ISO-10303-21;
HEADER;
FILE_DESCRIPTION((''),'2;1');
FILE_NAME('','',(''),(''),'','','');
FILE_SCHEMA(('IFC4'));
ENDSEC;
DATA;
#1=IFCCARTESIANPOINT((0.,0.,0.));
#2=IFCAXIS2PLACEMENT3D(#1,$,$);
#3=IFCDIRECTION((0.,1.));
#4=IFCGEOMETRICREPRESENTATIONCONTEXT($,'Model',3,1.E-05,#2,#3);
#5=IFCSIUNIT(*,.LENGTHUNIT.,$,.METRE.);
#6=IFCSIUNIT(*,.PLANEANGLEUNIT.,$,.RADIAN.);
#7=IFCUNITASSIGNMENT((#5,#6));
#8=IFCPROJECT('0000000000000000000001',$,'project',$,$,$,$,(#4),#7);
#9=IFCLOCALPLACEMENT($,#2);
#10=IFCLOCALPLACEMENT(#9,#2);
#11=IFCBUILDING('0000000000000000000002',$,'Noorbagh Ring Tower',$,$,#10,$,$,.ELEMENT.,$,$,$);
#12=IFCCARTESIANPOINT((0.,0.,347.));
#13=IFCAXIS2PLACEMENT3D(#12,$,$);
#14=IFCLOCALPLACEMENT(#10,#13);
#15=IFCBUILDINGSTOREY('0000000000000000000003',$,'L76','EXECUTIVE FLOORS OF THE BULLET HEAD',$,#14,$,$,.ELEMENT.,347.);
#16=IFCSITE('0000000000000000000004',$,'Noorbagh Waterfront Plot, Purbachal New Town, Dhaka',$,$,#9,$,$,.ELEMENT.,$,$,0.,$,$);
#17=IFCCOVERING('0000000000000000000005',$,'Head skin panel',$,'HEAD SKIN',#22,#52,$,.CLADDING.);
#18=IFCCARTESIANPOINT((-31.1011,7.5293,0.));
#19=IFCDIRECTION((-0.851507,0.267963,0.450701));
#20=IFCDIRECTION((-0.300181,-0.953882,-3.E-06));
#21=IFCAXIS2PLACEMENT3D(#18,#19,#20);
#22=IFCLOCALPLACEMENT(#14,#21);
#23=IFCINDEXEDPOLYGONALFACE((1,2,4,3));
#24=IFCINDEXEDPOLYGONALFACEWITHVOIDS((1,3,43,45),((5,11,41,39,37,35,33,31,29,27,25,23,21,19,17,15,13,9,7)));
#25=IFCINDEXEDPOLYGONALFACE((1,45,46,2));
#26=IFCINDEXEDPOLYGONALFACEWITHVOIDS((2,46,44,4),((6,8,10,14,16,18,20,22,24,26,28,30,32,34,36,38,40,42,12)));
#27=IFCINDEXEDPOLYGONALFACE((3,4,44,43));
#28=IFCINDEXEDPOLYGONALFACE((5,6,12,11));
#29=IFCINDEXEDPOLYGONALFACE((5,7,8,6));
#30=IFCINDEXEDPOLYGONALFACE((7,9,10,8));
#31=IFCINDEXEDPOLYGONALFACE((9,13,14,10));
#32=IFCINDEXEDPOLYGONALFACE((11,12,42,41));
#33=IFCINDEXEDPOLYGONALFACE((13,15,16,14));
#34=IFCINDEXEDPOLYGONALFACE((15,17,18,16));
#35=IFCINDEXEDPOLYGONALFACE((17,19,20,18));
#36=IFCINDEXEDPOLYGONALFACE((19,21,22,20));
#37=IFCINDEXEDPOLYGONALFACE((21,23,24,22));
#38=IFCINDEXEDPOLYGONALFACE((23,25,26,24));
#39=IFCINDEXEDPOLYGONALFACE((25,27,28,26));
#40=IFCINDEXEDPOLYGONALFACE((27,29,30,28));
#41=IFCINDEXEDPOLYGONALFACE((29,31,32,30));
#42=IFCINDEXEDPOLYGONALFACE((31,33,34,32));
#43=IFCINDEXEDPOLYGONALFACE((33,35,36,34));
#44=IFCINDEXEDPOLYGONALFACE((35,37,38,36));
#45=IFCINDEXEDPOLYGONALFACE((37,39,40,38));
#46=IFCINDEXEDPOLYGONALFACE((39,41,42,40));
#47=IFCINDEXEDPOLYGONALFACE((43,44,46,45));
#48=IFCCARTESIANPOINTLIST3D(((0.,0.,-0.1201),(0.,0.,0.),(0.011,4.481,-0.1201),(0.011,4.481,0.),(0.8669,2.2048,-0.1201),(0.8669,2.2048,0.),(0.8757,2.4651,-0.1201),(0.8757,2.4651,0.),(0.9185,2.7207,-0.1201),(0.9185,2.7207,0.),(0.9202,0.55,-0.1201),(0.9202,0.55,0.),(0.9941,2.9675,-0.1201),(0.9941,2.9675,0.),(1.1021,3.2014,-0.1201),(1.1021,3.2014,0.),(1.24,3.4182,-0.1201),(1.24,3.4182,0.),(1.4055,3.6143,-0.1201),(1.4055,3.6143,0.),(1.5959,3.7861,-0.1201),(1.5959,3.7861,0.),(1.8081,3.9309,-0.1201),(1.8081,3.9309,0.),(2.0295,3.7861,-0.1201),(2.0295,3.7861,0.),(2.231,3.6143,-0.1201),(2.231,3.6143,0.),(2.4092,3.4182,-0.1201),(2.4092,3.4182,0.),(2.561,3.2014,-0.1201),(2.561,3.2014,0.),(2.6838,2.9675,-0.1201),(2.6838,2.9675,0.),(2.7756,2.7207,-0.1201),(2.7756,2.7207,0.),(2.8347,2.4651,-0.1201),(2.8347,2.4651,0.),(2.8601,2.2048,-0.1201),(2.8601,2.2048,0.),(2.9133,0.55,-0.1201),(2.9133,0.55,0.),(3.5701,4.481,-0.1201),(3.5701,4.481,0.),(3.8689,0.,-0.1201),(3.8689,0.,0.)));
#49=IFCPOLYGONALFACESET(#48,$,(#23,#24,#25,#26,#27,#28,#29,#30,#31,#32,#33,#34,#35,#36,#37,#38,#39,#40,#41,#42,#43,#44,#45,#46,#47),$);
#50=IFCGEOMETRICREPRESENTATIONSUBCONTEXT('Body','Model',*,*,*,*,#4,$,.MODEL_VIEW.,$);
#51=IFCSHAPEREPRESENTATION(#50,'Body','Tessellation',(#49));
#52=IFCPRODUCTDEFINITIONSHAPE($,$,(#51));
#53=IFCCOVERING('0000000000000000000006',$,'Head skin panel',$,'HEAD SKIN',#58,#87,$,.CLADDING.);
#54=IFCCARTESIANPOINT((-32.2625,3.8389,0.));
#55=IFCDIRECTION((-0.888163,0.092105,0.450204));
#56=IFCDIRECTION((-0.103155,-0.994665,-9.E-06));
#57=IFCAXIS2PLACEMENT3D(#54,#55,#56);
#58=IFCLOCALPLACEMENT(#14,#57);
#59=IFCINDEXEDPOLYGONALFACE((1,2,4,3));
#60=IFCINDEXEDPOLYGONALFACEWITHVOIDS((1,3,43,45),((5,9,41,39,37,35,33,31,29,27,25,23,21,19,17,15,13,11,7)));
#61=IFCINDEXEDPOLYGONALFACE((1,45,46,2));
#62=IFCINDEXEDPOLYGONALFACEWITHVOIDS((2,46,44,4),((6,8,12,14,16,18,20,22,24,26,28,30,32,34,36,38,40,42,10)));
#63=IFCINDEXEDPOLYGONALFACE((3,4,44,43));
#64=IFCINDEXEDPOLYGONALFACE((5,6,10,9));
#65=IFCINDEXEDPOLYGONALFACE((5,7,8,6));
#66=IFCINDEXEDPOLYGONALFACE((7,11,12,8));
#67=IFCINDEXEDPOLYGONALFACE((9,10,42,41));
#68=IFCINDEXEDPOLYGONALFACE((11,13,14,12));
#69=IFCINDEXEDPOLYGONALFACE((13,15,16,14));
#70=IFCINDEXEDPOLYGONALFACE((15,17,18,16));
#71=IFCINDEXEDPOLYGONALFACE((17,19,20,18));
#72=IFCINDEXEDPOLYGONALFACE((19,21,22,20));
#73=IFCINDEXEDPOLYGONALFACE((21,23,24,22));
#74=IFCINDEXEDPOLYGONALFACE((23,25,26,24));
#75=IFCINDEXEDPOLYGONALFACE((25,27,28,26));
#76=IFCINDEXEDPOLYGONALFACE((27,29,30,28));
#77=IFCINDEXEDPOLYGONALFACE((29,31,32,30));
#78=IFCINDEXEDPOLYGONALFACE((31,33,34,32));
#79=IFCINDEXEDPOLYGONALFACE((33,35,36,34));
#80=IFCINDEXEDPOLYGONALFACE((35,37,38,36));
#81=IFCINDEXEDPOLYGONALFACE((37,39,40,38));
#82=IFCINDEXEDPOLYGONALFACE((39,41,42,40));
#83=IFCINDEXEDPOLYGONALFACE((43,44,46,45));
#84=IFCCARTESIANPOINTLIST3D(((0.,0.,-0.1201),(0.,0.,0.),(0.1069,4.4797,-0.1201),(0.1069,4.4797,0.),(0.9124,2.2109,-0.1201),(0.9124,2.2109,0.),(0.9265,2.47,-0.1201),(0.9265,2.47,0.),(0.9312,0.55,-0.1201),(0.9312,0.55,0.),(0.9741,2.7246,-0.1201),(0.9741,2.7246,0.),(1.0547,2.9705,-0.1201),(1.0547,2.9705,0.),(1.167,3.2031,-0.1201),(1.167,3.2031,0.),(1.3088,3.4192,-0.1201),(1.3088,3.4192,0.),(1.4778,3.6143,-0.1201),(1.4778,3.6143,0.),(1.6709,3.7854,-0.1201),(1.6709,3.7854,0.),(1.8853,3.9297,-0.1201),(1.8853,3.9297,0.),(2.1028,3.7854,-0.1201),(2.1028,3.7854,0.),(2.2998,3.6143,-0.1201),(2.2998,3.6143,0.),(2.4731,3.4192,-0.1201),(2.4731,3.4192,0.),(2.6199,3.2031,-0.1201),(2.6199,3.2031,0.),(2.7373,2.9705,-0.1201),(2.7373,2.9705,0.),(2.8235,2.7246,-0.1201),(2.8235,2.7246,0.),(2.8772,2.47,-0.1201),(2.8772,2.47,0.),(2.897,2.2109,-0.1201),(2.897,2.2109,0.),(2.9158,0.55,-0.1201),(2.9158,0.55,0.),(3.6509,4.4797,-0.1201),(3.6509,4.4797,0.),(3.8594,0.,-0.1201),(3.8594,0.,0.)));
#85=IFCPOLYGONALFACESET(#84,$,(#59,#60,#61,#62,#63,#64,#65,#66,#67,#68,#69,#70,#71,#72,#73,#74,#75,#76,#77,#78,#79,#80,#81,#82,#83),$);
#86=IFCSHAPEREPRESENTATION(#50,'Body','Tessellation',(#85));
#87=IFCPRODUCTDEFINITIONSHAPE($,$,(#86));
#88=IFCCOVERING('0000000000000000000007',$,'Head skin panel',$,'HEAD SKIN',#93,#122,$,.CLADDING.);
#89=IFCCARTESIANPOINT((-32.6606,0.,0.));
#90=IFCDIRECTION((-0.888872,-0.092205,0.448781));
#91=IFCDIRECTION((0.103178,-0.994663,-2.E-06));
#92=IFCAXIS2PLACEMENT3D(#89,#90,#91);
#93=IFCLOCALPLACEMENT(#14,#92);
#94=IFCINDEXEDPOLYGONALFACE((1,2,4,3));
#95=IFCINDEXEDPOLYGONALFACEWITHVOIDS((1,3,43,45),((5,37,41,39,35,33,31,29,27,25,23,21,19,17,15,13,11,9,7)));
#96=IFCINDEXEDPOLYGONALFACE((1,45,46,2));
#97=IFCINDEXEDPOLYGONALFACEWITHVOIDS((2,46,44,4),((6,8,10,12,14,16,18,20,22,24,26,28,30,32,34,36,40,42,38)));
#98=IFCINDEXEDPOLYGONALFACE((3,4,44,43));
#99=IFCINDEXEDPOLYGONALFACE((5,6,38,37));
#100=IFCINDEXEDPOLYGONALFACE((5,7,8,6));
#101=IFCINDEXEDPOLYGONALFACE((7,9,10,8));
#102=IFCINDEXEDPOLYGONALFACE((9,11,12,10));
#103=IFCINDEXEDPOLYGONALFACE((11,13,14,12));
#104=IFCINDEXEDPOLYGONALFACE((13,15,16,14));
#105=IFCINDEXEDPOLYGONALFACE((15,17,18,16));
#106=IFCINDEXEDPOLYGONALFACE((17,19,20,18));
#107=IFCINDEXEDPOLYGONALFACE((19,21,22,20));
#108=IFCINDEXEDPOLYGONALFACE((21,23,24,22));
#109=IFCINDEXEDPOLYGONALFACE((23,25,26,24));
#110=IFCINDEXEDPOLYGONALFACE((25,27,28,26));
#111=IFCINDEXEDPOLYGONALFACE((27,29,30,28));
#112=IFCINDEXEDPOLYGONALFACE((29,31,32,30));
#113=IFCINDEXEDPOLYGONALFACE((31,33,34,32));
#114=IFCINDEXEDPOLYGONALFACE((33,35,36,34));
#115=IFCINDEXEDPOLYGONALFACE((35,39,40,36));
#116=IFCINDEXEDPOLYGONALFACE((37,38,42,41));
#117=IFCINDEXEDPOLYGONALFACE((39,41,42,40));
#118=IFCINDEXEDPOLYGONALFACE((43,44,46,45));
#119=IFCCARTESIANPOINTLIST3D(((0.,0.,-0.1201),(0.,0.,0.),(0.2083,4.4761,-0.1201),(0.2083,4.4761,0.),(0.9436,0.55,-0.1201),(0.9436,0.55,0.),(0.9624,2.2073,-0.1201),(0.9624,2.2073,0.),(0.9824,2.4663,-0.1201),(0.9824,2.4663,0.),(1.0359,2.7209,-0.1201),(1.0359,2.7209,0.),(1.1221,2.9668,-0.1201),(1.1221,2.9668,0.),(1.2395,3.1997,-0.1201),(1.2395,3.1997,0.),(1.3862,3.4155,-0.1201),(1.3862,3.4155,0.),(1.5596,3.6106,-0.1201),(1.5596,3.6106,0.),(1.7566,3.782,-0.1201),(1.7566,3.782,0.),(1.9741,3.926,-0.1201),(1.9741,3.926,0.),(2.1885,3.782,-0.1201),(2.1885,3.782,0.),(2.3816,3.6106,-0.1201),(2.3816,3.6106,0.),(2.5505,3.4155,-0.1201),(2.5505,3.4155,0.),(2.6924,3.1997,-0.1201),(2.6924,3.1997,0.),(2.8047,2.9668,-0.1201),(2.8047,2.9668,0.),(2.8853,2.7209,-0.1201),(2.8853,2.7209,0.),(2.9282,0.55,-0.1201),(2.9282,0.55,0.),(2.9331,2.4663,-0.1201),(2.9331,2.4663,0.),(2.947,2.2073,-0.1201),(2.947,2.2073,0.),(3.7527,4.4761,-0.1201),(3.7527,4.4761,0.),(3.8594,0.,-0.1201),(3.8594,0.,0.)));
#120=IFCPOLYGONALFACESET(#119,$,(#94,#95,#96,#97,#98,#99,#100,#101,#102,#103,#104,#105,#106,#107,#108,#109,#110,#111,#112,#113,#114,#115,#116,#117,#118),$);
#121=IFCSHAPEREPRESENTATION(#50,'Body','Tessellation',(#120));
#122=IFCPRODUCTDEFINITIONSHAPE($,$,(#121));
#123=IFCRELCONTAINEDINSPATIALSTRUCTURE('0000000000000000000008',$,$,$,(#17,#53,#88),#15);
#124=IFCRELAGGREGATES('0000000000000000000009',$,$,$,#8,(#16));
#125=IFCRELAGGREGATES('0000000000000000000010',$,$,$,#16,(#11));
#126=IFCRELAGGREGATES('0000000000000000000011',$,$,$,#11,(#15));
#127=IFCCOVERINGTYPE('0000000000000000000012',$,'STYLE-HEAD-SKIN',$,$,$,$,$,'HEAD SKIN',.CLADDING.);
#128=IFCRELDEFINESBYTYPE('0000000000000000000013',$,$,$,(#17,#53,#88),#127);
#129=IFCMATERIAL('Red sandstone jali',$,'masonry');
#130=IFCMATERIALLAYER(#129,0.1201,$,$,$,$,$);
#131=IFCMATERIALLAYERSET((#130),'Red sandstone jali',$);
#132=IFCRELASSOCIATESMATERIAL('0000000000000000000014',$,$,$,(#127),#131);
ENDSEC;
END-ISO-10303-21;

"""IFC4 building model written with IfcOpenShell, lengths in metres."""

from ifc_helpers import new_model, si_unit, direction, frame, origin, place, context, subcontext, project, spatial, polyline, outline, extrude, material, layer, layer_set, type_object, element, save


model = new_model("IFC4")

# Units and contexts
model_context = context("Model", 3, precision=1e-05, world=origin(), true_north=direction((0.0, 1.0)))
body_context = subcontext(model_context, "Body", "Model", "MODEL_VIEW")
ifc_project = project(units=[si_unit("LENGTHUNIT", "METRE"), si_unit("PLANEANGLEUNIT", "RADIAN")], contexts=[model_context])

# Site, building, storey
site_placement = place(None, origin())
site = spatial("IfcSite", under=ifc_project, at=site_placement, Name="Noorbagh Waterfront Plot, Purbachal New Town, Dhaka", CompositionType="ELEMENT", RefElevation=0.0)
building_placement = place(site_placement, origin())
building = spatial("IfcBuilding", under=site, at=building_placement, Name="Noorbagh Ring Tower", CompositionType="ELEMENT")
storey_placement = place(building_placement, frame((0.0, 0.0, 347.0)))
storey = spatial("IfcBuildingStorey", under=building, at=storey_placement, Name="L76", Description="EXECUTIVE FLOORS OF THE BULLET HEAD", CompositionType="ELEMENT", Elevation=347.0)

# Coverings
ifc_material_1 = material(Name="Red sandstone jali", Category="masonry")
ifc_layer_1 = layer(ifc_material_1, 0.1201)
ifc_layer_set_1 = layer_set([ifc_layer_1], Name="Red sandstone jali")
covering_type_1 = type_object("IfcCoveringType", Name="STYLE-HEAD-SKIN", ElementType="HEAD SKIN", PredefinedType="CLADDING", material=ifc_layer_set_1)
covering_1_placement = place(storey_placement, frame((-31.1011, 7.5293, 0.0), z_axis=(-0.851507, 0.267963, 0.450701), x_axis=(-0.300181, -0.953882, -0.000003)))
element("IfcCovering", 1, at=covering_1_placement, inside=storey, type_object=covering_type_1, Name="Head skin panel", ObjectType="HEAD SKIN", PredefinedType="CLADDING", context=body_context, shape_type="SweptSolid", body=[
    extrude(outline(polyline([(0.0, 0.0), (3.8689, 0.0), (3.5701, 4.481), (0.011, 4.481), (0.0, 0.0)]), holes=[polyline([(0.9202, 0.55), (0.8669, 2.2048), (0.8757, 2.4651), (0.9185, 2.7207), (0.9941, 2.9675), (1.1021, 3.2014), (1.24, 3.4182), (1.4055, 3.6143), (1.5959, 3.7861), (1.8081, 3.9309), (2.0295, 3.7861), (2.231, 3.6143), (2.4092, 3.4182), (2.561, 3.2014), (2.6838, 2.9675), (2.7756, 2.7207), (2.8347, 2.4651), (2.8601, 2.2048), (2.9133, 0.55), (0.9202, 0.55)])]), origin(), (0.0, 0.0, -1.0), 0.1201),
])
covering_2_placement = place(storey_placement, frame((-32.2625, 3.8389, 0.0), z_axis=(-0.888163, 0.092105, 0.450204), x_axis=(-0.103155, -0.994665, -0.000009)))
element("IfcCovering", 2, at=covering_2_placement, inside=storey, type_object=covering_type_1, Name="Head skin panel", ObjectType="HEAD SKIN", PredefinedType="CLADDING", context=body_context, shape_type="SweptSolid", body=[
    extrude(outline(polyline([(0.0, 0.0), (3.8594, 0.0), (3.6509, 4.4797), (0.1069, 4.4797), (0.0, 0.0)]), holes=[polyline([(0.9312, 0.55), (0.9124, 2.2109), (0.9265, 2.47), (0.9741, 2.7246), (1.0547, 2.9705), (1.167, 3.2031), (1.3088, 3.4192), (1.4778, 3.6143), (1.6709, 3.7854), (1.8853, 3.9297), (2.1028, 3.7854), (2.2998, 3.6143), (2.4731, 3.4192), (2.6199, 3.2031), (2.7373, 2.9705), (2.8235, 2.7246), (2.8772, 2.47), (2.897, 2.2109), (2.9158, 0.55), (0.9312, 0.55)])]), origin(), (0.0, 0.0, -1.0), 0.1201),
])
covering_3_placement = place(storey_placement, frame((-32.6606, 0.0, 0.0), z_axis=(-0.888872, -0.092205, 0.448781), x_axis=(0.103178, -0.994663, -0.000002)))
element("IfcCovering", 3, at=covering_3_placement, inside=storey, type_object=covering_type_1, Name="Head skin panel", ObjectType="HEAD SKIN", PredefinedType="CLADDING", context=body_context, shape_type="SweptSolid", body=[
    extrude(outline(polyline([(0.0, 0.0), (3.8594, 0.0), (3.7527, 4.4761), (0.2083, 4.4761), (0.0, 0.0)]), holes=[polyline([(0.9436, 0.55), (0.9624, 2.2073), (0.9824, 2.4663), (1.0359, 2.7209), (1.1221, 2.9668), (1.2395, 3.1997), (1.3862, 3.4155), (1.5596, 3.6106), (1.7566, 3.782), (1.9741, 3.926), (2.1885, 3.782), (2.3816, 3.6106), (2.5505, 3.4155), (2.6924, 3.1997), (2.8047, 2.9668), (2.8853, 2.7209), (2.9331, 2.4663), (2.947, 2.2073), (2.9282, 0.55), (0.9436, 0.55)])]), origin(), (0.0, 0.0, -1.0), 0.1201),
])

save(model, "model.ifc")
